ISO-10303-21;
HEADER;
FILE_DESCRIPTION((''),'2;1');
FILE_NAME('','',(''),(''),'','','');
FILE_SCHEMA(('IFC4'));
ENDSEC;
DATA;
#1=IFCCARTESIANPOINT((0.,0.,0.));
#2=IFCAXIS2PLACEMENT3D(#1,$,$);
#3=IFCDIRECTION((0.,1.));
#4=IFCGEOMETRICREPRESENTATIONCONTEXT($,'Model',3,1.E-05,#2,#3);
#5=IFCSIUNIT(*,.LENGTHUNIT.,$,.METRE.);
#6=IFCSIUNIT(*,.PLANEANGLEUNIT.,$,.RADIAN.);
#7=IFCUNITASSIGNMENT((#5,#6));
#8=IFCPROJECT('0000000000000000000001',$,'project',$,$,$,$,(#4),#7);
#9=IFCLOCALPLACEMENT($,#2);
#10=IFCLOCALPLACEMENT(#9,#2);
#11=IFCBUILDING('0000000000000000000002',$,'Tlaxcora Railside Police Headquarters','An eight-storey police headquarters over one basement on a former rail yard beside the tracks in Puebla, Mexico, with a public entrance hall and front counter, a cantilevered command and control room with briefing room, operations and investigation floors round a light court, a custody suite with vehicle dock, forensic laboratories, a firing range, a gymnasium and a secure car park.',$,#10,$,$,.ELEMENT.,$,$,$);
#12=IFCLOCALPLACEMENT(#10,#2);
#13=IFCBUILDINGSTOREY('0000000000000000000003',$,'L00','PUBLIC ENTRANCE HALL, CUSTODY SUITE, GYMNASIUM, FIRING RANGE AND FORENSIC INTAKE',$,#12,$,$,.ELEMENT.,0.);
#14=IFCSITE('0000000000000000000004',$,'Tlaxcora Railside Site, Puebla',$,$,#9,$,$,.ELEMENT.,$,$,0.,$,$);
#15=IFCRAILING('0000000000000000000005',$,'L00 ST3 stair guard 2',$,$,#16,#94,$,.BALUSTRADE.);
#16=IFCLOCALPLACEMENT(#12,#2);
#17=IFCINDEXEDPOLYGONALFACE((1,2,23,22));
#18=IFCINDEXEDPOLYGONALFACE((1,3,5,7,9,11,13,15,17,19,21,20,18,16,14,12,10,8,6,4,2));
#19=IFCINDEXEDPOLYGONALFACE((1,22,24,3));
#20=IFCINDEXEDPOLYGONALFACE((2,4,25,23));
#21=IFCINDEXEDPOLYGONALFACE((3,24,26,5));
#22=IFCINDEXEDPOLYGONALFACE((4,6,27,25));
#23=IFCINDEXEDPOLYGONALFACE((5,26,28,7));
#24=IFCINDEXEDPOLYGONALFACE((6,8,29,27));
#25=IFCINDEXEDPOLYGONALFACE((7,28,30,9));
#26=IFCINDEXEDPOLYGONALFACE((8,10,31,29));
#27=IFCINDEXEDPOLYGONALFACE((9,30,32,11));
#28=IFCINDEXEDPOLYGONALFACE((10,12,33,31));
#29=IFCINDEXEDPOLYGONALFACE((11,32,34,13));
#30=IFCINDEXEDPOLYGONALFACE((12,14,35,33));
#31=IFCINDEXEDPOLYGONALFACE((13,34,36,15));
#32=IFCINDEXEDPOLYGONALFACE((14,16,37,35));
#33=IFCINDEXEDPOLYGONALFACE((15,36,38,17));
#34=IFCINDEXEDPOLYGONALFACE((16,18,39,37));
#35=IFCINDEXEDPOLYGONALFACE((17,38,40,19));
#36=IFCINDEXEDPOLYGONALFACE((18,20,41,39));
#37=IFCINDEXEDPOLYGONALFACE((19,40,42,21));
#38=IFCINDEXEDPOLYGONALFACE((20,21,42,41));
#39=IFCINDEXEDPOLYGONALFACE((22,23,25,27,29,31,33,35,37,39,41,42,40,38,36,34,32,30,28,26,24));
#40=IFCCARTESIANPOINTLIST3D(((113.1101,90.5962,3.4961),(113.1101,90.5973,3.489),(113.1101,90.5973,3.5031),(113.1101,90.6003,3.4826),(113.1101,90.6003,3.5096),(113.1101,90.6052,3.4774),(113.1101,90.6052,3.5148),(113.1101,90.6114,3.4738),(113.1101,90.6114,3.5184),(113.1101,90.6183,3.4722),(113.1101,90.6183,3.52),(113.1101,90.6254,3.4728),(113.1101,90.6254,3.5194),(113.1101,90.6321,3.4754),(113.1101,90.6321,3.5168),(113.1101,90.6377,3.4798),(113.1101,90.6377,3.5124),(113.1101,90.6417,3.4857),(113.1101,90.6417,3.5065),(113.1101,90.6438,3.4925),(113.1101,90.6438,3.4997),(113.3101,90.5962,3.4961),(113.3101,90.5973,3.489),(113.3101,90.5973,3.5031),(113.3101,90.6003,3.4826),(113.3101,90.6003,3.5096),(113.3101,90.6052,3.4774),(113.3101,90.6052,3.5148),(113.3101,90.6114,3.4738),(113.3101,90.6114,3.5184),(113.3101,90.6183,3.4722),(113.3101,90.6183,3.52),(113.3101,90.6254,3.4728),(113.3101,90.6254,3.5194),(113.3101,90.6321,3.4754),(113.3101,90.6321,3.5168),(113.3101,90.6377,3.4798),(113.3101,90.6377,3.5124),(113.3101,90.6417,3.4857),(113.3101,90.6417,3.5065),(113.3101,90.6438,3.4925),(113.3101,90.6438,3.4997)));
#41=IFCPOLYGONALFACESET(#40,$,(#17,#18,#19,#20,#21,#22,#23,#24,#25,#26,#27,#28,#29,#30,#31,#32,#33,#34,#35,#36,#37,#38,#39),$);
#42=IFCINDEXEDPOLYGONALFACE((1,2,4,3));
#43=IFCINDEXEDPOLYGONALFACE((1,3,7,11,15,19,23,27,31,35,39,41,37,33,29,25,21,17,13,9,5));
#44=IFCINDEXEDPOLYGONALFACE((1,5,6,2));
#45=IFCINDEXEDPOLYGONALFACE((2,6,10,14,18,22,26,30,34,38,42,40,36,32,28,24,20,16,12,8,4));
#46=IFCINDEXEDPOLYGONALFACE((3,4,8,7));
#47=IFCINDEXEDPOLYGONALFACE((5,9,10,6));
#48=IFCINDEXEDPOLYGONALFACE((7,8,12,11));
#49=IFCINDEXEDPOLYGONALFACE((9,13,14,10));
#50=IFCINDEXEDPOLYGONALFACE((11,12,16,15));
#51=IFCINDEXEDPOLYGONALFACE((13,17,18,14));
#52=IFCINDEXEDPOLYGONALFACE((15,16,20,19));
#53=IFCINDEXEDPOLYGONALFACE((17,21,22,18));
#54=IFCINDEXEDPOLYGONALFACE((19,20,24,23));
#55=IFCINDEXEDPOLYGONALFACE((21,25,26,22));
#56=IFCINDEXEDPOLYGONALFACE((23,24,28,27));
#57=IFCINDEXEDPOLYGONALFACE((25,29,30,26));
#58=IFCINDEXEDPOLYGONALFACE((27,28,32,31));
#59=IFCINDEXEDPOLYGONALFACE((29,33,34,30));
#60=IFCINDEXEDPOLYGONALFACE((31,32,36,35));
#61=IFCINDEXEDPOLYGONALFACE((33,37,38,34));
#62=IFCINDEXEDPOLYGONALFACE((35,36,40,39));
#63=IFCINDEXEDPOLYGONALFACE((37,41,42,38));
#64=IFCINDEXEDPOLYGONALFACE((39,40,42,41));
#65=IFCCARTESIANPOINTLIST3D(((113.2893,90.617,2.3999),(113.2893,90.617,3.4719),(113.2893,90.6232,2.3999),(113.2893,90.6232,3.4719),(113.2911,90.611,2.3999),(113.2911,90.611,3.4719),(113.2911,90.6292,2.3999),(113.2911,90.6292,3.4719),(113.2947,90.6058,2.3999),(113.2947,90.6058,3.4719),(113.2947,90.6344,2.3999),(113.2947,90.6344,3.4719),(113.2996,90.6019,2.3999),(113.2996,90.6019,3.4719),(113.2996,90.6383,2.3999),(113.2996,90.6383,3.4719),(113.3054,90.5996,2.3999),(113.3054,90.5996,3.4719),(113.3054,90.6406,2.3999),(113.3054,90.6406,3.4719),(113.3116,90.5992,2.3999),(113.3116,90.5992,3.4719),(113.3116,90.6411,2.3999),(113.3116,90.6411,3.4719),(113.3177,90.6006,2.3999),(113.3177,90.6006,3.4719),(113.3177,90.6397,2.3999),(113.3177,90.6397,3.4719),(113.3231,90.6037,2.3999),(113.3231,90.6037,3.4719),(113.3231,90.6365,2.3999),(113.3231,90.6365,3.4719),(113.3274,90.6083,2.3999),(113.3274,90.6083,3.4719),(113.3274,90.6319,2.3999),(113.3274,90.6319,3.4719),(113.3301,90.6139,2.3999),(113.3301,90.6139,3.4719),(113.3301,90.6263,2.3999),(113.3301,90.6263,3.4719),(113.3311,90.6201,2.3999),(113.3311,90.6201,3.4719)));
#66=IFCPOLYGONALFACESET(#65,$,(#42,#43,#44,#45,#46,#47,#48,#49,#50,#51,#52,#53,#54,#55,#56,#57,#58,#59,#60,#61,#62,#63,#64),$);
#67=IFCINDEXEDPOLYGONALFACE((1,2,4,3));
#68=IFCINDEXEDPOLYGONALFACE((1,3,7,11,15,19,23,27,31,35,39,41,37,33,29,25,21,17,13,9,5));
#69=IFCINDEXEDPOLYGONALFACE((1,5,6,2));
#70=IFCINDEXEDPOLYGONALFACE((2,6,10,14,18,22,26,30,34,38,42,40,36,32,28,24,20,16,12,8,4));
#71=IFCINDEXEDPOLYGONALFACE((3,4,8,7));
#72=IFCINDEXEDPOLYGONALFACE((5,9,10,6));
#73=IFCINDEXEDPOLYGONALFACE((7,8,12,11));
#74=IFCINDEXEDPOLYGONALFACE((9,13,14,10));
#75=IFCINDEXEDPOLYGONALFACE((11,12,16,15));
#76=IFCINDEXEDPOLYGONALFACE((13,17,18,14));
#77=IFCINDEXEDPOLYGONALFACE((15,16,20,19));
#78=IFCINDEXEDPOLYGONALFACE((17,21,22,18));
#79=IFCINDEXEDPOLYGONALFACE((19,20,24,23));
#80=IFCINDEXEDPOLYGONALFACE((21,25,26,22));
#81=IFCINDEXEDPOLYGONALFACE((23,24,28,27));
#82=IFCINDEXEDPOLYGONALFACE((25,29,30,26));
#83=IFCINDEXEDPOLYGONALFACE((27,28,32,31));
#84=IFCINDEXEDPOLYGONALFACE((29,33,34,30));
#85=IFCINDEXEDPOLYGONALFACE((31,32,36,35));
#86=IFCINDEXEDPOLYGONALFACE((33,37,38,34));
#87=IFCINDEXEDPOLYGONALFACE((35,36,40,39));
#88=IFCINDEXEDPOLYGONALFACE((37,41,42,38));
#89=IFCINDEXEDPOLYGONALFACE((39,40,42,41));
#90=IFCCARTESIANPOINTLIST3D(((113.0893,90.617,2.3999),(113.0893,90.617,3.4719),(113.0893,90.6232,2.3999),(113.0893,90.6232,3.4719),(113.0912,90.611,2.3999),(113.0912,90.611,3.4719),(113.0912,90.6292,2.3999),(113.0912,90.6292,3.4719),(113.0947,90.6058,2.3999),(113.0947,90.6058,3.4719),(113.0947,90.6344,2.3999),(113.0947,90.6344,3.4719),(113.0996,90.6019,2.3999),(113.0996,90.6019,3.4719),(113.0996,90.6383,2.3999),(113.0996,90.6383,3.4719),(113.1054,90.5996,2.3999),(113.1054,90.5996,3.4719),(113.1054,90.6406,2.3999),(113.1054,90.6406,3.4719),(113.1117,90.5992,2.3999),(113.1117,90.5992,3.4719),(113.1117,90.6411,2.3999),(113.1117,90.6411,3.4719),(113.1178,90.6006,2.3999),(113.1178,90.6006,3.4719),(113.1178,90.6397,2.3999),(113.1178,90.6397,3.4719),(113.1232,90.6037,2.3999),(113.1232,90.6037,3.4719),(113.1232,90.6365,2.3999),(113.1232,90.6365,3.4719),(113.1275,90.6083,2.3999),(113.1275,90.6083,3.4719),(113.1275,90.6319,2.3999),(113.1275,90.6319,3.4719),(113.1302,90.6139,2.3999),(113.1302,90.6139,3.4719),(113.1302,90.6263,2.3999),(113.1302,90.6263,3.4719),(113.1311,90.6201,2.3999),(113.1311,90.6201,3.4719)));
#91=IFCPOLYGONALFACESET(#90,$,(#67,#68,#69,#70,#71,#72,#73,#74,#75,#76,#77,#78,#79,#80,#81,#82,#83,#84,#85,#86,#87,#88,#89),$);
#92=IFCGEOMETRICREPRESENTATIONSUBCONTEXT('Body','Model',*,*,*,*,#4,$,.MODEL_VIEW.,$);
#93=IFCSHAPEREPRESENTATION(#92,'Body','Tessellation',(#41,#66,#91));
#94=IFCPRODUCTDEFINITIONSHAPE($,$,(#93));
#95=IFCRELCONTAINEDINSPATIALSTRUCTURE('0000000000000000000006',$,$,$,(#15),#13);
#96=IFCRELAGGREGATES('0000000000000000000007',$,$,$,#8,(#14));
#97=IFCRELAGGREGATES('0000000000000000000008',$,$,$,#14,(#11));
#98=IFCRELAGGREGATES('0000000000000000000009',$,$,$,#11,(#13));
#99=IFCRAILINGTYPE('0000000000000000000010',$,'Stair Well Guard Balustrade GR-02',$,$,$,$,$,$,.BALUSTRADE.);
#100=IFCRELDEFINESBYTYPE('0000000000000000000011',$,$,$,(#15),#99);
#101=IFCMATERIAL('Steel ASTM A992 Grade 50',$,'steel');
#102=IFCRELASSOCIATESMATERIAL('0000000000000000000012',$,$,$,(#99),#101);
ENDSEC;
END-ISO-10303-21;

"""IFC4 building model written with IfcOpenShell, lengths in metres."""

from ifc_helpers import new_model, si_unit, direction, frame, origin, origin_2d, place, context, subcontext, project, spatial, circle, extrude, material, type_object, element, save


model = new_model("IFC4")

# Units and contexts
model_context = context("Model", 3, precision=1e-05, world=origin(), true_north=direction((0.0, 1.0)))
body_context = subcontext(model_context, "Body", "Model", "MODEL_VIEW")
ifc_project = project(units=[si_unit("LENGTHUNIT", "METRE"), si_unit("PLANEANGLEUNIT", "RADIAN")], contexts=[model_context])

# Site, building, storey
site_placement = place(None, origin())
site = spatial("IfcSite", under=ifc_project, at=site_placement, Name="Tlaxcora Railside Site, Puebla", CompositionType="ELEMENT", RefElevation=0.0)
building_placement = place(site_placement, origin())
building = spatial("IfcBuilding", under=site, at=building_placement, Name="Tlaxcora Railside Police Headquarters", Description="An eight-storey police headquarters over one basement on a former rail yard beside the tracks in Puebla, Mexico, with a public entrance hall and front counter, a cantilevered command and control room with briefing room, operations and investigation floors round a light court, a custody suite with vehicle dock, forensic laboratories, a firing range, a gymnasium and a secure car park.", CompositionType="ELEMENT")
storey_placement = place(building_placement, origin())
storey = spatial("IfcBuildingStorey", under=building, at=storey_placement, Name="L00", Description="PUBLIC ENTRANCE HALL, CUSTODY SUITE, GYMNASIUM, FIRING RANGE AND FORENSIC INTAKE", CompositionType="ELEMENT", Elevation=0.0)

# Shared definitions
ifc_material_1 = material(Name="Steel ASTM A992 Grade 50", Category="steel")

# Railing
railing_type_1 = type_object("IfcRailingType", Name="Stair Well Guard Balustrade GR-02", PredefinedType="BALUSTRADE", material=ifc_material_1)
railing_1_placement = place(storey_placement, frame((113.3101, 90.6201, 2.3999)))
element("IfcRailing", 1, at=railing_1_placement, inside=storey, type_object=railing_type_1, Name="L00 ST3 stair guard 2", PredefinedType="BALUSTRADE", context=body_context, shape_type="SweptSolid", body=[
    extrude(circle(Radius=0.0239, at=origin_2d()), frame((0.0, 0.0, 1.0962), z_axis=(-1.0, 0.0, 0.0), x_axis=(0.0, -1.0, 0.0)), (0.0, 0.0, 1.0), 0.2),
    extrude(circle(Radius=0.021, at=origin_2d()), origin(), (0.0, 0.0, 1.0), 1.072),
    extrude(circle(Radius=0.021, at=origin_2d()), frame((-0.2, 0.0, 0.0)), (0.0, 0.0, 1.0), 1.072),
])

save(model, "model.ifc")
